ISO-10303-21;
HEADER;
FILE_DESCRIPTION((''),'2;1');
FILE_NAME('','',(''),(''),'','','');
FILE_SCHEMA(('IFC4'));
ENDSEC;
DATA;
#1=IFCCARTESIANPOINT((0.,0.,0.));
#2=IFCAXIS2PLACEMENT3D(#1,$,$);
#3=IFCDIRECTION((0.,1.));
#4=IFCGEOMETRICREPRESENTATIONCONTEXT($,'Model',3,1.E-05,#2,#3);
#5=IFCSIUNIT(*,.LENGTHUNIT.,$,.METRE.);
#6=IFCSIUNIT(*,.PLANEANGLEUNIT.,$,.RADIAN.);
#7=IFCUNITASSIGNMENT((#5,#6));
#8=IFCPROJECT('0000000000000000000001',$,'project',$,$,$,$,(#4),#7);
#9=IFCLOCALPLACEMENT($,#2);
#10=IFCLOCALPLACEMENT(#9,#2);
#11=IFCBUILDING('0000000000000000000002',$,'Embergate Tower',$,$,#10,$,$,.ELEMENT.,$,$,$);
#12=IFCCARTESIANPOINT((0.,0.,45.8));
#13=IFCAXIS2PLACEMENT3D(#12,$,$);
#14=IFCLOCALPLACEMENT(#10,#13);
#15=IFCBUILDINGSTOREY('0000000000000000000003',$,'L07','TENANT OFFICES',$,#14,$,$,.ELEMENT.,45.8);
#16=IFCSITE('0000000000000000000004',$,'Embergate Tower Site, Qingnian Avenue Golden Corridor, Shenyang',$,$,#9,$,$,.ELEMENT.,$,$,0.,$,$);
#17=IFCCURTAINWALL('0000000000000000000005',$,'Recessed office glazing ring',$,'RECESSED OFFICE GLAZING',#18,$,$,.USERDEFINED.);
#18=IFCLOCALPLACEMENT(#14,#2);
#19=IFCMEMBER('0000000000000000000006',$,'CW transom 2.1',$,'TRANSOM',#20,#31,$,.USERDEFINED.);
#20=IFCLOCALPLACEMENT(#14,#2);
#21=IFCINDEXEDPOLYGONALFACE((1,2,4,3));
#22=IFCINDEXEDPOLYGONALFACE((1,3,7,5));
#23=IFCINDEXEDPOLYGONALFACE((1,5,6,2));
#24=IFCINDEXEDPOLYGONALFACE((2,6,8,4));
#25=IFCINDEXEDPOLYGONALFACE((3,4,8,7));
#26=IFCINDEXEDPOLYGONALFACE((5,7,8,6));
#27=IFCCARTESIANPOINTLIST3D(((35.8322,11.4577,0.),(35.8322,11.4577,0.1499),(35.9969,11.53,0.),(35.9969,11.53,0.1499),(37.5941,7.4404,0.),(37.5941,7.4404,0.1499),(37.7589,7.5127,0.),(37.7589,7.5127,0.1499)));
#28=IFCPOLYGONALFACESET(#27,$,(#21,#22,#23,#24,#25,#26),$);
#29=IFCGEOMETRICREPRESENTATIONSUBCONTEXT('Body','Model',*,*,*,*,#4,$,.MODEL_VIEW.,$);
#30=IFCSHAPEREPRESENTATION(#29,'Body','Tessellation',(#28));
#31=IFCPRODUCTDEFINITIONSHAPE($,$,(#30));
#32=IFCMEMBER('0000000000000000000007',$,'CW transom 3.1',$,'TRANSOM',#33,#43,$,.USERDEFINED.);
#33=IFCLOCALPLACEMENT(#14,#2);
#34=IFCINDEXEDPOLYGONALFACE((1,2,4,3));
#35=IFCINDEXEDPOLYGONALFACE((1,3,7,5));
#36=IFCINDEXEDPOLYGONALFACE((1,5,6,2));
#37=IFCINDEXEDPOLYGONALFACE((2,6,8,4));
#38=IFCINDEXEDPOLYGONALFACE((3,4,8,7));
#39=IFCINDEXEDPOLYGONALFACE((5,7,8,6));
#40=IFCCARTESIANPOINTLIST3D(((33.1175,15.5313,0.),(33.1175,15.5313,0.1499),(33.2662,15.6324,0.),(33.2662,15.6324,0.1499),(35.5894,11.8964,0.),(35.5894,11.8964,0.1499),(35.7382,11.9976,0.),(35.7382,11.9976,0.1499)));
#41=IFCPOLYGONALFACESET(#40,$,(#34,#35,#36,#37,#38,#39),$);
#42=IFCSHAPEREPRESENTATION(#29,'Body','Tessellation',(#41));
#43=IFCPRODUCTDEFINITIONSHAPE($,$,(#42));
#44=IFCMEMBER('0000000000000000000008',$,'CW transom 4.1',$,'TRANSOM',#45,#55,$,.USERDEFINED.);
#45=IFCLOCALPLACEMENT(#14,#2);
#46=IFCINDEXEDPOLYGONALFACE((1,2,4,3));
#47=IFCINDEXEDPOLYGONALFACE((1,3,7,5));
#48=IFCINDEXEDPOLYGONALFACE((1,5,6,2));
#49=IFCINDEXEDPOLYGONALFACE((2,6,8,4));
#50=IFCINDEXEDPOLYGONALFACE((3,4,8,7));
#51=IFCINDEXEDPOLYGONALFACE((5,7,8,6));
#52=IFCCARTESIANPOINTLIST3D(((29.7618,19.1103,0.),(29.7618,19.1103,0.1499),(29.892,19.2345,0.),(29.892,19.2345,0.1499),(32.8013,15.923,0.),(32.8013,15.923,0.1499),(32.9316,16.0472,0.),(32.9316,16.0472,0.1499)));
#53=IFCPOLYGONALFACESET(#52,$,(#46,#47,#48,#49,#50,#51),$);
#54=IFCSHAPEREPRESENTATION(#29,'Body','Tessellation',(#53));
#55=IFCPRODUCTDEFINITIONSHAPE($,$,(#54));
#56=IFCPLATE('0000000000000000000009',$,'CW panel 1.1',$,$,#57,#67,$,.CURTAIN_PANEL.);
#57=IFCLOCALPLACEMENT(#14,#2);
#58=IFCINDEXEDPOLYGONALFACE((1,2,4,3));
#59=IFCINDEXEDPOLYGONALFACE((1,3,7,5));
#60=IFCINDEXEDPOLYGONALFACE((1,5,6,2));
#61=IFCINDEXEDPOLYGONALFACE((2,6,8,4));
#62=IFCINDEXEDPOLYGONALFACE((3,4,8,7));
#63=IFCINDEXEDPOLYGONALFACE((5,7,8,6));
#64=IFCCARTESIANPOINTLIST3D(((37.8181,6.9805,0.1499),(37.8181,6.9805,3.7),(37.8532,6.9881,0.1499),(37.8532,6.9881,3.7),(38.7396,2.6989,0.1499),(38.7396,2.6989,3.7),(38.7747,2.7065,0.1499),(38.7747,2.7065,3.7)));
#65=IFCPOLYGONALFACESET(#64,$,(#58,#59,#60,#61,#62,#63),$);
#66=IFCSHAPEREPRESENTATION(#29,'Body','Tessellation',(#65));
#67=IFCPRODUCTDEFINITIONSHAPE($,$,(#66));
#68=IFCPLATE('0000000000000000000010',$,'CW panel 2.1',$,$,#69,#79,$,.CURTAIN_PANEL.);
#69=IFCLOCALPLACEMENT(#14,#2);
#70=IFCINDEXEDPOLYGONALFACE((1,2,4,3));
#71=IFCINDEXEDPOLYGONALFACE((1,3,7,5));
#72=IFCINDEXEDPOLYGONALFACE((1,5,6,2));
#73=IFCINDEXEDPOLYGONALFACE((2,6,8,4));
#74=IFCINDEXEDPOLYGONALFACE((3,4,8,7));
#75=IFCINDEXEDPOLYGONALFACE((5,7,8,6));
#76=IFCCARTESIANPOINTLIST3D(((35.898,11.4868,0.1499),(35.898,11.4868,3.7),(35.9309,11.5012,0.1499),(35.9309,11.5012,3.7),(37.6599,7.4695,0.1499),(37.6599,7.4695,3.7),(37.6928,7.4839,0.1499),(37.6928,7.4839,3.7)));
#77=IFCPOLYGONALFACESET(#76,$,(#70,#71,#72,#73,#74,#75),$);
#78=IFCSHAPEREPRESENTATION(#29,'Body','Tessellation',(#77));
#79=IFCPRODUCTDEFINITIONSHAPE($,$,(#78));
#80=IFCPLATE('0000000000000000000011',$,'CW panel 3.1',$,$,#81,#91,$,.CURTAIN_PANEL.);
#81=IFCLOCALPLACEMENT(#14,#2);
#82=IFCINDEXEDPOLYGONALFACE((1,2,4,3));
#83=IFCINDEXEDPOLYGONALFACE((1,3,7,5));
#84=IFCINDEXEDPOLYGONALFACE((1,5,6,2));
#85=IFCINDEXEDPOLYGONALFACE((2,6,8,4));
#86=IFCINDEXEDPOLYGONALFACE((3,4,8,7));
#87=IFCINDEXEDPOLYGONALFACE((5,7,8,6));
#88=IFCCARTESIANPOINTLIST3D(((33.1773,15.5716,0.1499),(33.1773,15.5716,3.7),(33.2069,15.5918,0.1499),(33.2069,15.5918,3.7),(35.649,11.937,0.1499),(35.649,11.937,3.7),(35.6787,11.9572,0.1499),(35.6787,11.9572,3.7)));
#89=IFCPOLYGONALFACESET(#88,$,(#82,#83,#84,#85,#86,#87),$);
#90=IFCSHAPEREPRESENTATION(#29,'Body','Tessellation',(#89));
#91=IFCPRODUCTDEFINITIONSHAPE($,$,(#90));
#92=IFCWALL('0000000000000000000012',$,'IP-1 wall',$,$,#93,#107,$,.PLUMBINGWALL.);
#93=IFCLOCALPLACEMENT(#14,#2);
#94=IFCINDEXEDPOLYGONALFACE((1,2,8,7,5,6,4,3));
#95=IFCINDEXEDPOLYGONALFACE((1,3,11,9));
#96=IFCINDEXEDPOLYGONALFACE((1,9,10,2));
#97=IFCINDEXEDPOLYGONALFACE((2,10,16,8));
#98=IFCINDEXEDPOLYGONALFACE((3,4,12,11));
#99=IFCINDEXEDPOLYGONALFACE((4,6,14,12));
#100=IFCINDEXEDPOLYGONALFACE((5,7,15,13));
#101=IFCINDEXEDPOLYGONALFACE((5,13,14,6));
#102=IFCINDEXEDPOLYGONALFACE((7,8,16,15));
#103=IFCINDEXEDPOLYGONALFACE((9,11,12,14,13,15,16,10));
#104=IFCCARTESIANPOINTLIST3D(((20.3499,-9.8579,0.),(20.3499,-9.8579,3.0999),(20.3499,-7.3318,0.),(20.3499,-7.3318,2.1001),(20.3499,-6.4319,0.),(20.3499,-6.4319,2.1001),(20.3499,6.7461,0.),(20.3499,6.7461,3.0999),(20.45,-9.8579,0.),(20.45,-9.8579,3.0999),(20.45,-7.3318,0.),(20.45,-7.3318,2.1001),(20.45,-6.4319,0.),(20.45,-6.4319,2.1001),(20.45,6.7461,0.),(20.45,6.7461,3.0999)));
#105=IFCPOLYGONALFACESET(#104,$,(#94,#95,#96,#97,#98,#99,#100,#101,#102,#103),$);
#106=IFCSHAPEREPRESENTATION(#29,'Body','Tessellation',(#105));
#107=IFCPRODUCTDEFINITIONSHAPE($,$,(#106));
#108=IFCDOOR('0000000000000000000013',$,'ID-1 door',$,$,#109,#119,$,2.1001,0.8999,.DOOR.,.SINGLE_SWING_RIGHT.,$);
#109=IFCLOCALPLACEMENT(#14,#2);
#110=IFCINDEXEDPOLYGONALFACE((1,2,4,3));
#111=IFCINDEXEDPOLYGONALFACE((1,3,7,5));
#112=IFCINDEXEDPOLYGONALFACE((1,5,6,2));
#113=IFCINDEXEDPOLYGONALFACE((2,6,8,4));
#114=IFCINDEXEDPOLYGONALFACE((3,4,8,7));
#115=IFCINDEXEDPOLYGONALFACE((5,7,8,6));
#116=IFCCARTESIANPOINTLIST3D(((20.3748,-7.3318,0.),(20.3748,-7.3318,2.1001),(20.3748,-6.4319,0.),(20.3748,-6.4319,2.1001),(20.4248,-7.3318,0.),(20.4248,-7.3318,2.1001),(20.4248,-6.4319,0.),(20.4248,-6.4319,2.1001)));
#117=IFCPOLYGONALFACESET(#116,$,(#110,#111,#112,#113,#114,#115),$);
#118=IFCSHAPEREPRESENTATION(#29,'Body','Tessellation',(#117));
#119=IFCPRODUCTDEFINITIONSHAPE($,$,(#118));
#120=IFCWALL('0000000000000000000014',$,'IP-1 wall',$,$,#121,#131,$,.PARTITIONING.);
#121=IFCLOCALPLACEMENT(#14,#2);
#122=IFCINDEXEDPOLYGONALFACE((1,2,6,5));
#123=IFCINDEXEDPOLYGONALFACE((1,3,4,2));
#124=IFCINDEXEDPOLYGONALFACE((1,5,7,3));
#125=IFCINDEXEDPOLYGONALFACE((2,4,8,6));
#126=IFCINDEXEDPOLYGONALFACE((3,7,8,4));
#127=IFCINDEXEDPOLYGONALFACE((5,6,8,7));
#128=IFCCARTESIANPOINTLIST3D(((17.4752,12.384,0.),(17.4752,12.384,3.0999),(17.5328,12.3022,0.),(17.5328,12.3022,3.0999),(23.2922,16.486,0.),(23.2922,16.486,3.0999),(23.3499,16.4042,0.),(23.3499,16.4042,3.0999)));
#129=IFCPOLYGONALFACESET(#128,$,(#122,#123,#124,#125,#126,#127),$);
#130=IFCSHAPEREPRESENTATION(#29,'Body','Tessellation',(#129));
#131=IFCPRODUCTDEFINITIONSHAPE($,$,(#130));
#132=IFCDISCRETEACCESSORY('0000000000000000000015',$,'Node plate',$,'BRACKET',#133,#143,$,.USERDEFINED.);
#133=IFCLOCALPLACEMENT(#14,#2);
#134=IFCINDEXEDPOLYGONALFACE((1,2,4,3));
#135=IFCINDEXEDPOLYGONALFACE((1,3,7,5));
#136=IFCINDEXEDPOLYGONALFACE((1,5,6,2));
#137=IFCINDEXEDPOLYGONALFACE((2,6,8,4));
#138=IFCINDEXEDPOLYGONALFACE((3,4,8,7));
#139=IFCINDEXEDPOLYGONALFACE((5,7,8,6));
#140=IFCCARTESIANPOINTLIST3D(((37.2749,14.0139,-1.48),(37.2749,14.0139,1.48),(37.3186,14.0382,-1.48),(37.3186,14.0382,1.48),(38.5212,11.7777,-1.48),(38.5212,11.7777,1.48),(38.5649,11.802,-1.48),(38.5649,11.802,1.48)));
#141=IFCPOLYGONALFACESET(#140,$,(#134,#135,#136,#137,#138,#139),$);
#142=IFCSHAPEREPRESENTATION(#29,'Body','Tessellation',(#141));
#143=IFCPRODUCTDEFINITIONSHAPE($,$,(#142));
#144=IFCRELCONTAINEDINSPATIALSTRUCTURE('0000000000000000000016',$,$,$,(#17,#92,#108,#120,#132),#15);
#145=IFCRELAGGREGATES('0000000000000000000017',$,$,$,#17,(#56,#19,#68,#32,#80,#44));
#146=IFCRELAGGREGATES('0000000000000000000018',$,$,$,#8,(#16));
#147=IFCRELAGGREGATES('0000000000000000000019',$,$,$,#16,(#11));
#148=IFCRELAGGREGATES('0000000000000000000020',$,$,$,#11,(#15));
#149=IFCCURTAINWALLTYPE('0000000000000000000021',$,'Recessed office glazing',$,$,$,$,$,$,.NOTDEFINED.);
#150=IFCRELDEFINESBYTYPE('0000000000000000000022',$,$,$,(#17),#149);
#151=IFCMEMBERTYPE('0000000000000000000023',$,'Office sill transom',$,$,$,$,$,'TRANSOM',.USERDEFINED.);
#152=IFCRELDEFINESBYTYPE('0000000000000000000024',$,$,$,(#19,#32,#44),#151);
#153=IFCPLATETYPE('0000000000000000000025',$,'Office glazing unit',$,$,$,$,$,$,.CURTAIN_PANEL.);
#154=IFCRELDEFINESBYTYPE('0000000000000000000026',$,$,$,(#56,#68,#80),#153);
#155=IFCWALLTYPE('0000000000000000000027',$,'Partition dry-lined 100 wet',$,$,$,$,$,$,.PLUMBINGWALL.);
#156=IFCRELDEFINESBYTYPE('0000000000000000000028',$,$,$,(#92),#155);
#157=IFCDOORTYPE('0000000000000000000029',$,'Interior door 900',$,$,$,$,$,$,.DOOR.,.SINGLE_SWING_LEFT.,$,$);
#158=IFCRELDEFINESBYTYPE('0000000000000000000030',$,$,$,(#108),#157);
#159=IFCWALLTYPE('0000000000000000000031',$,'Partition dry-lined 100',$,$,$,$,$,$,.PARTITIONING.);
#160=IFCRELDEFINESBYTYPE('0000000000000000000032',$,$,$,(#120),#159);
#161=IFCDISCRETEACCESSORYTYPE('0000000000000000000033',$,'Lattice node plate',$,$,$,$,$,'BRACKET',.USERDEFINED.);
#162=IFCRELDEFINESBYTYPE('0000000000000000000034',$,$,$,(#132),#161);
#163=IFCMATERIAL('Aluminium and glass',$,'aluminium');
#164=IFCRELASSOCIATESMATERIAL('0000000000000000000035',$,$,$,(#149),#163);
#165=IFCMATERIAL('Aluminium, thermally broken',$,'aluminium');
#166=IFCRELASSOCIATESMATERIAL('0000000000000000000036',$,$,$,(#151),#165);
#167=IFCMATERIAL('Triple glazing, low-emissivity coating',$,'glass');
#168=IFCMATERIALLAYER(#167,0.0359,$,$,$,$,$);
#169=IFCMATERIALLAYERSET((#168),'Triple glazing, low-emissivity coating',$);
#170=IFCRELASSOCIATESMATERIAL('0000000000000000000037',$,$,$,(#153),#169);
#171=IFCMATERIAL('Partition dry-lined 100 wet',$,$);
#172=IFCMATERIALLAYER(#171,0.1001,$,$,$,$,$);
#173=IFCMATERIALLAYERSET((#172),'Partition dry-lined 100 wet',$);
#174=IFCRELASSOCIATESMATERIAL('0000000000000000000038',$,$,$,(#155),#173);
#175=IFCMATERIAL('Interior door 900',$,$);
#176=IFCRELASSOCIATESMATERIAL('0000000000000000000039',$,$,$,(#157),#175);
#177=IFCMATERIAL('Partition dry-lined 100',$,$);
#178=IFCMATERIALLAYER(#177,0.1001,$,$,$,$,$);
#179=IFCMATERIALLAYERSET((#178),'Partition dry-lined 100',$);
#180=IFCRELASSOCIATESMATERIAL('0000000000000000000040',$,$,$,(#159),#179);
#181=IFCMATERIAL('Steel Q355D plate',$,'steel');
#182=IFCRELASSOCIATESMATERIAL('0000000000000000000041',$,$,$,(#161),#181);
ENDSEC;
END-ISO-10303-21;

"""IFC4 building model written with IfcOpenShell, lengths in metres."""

from ifc_helpers import new_model, si_unit, direction, frame, frame_2d, origin, origin_2d, place, context, subcontext, project, spatial, rectangle, extrude, source, transform, mapped, material, layer, layer_set, material_profile, profile_set, type_object, element, fill, aggregate, save


model = new_model("IFC4")

# Units and contexts
model_context = context("Model", 3, precision=1e-05, world=origin(), true_north=direction((0.0, 1.0)))
body_context = subcontext(model_context, "Body", "Model", "MODEL_VIEW")
ifc_project = project(units=[si_unit("LENGTHUNIT", "METRE"), si_unit("PLANEANGLEUNIT", "RADIAN")], contexts=[model_context])

# Site, building, storey
site_placement = place(None, origin())
site = spatial("IfcSite", under=ifc_project, at=site_placement, Name="Embergate Tower Site, Qingnian Avenue Golden Corridor, Shenyang", CompositionType="ELEMENT", RefElevation=0.0)
building_placement = place(site_placement, origin())
building = spatial("IfcBuilding", under=site, at=building_placement, Name="Embergate Tower", CompositionType="ELEMENT")
storey_placement = place(building_placement, frame((0.0, 0.0, 45.8)))
storey = spatial("IfcBuildingStorey", under=building, at=storey_placement, Name="L07", Description="TENANT OFFICES", CompositionType="ELEMENT", Elevation=45.8)

# Curtain wall, members, plates
ifc_material_1 = material(Name="Aluminium and glass", Category="aluminium")
curtain_wall_type = type_object("IfcCurtainWallType", Name="Recessed office glazing", PredefinedType="NOTDEFINED", material=ifc_material_1)
curtain_wall_placement = place(storey_placement, origin())
curtain_wall = element("IfcCurtainWall", 1, at=curtain_wall_placement, inside=storey, type_object=curtain_wall_type, Name="Recessed office glazing ring", ObjectType="RECESSED OFFICE GLAZING", PredefinedType="USERDEFINED")
ifc_material_2 = material(Name="Aluminium, thermally broken", Category="aluminium")
ifc_material_profile_1 = material_profile(ifc_material_2, rectangle(XDim=0.1799, YDim=0.1499, at=origin_2d()), Name="AL 150x180")
ifc_profile_set_1 = profile_set([ifc_material_profile_1], Name="Aluminium, thermally broken")
member_type_1 = type_object("IfcMemberType", Name="Office sill transom", ElementType="TRANSOM", PredefinedType="USERDEFINED", material=ifc_profile_set_1)
shared_shape_1 = source(origin(), body_context, "Body", "SweptSolid", [
    extrude(rectangle(XDim=0.1799, YDim=0.1499, at=origin_2d()), origin(), (0.0, 0.0, 1.0), 4.3867),
])
member_1_placement = place(storey_placement, frame((37.6765, 7.4766, 0.075), z_axis=(-0.401657, 0.91579, 0.0), x_axis=(-0.91579, -0.401657, 0.0)))
member_1 = element("IfcMember", 2, at=member_1_placement, type_object=member_type_1, Name="CW transom 2.1", ObjectType="TRANSOM", PredefinedType="USERDEFINED", context=body_context, shape_type="MappedRepresentation", body=[
    mapped(shared_shape_1, transform((0.0, 0.0, 0.0))),
])
shared_shape_2 = source(origin(), body_context, "Body", "SweptSolid", [
    extrude(rectangle(XDim=0.1799, YDim=0.1499, at=origin_2d()), origin(), (0.0, 0.0, 1.0), 4.3958),
])
member_2_placement = place(storey_placement, frame((35.6638, 11.947, 0.075), z_axis=(-0.562354, 0.826897, 0.0), x_axis=(-0.826897, -0.562354, 0.0)))
member_2 = element("IfcMember", 3, at=member_2_placement, type_object=member_type_1, Name="CW transom 3.1", ObjectType="TRANSOM", PredefinedType="USERDEFINED", context=body_context, shape_type="MappedRepresentation", body=[
    mapped(shared_shape_2, transform((0.0, 0.0, 0.0))),
])
shared_shape_3 = source(origin(), body_context, "Body", "SweptSolid", [
    extrude(rectangle(XDim=0.1799, YDim=0.1499, at=origin_2d()), origin(), (0.0, 0.0, 1.0), 4.4043),
])
member_3_placement = place(storey_placement, frame((32.8665, 15.9851, 0.075), z_axis=(-0.690139, 0.723676, 0.0), x_axis=(-0.723676, -0.690139, 0.0)))
member_3 = element("IfcMember", 4, at=member_3_placement, type_object=member_type_1, Name="CW transom 4.1", ObjectType="TRANSOM", PredefinedType="USERDEFINED", context=body_context, shape_type="MappedRepresentation", body=[
    mapped(shared_shape_3, transform((0.0, 0.0, 0.0))),
])
ifc_material_3 = material(Name="Triple glazing, low-emissivity coating", Category="glass")
ifc_layer_1 = layer(ifc_material_3, 0.0359)
ifc_layer_set_1 = layer_set([ifc_layer_1], Name="Triple glazing, low-emissivity coating")
plate_type = type_object("IfcPlateType", Name="Office glazing unit", PredefinedType="CURTAIN_PANEL", material=ifc_layer_set_1)
shared_shape_4 = source(origin(), body_context, "Body", "SweptSolid", [
    extrude(rectangle(XDim=4.3796, YDim=0.0359, at=origin_2d()), origin(), (0.0, 0.0, 1.0), 3.55),
])
plate_1_placement = place(storey_placement, frame((38.2964, 4.8435, 0.1499), z_axis=(0.0, 0.0, 1.0), x_axis=(-0.210398, 0.977616, 0.0)))
plate_1 = element("IfcPlate", 5, at=plate_1_placement, type_object=plate_type, Name="CW panel 1.1", PredefinedType="CURTAIN_PANEL", context=body_context, shape_type="MappedRepresentation", body=[
    mapped(shared_shape_4, transform((0.0, 0.0, 0.0))),
])
shared_shape_5 = source(origin(), body_context, "Body", "SweptSolid", [
    extrude(rectangle(XDim=4.3867, YDim=0.0359, at=origin_2d()), origin(), (0.0, 0.0, 1.0), 3.55),
])
plate_2_placement = place(storey_placement, frame((36.7954, 9.4854, 0.1499), z_axis=(0.0, 0.0, 1.0), x_axis=(-0.401652, 0.915792, 0.0)))
plate_2 = element("IfcPlate", 6, at=plate_2_placement, type_object=plate_type, Name="CW panel 2.1", PredefinedType="CURTAIN_PANEL", context=body_context, shape_type="MappedRepresentation", body=[
    mapped(shared_shape_5, transform((0.0, 0.0, 0.0))),
])
shared_shape_6 = source(origin(), body_context, "Body", "SweptSolid", [
    extrude(rectangle(XDim=4.3955, YDim=0.0359, at=origin_2d()), origin(), (0.0, 0.0, 1.0), 3.55),
])
plate_3_placement = place(storey_placement, frame((34.428, 13.7644, 0.1499), z_axis=(0.0, 0.0, 1.0), x_axis=(-0.562342, 0.826905, 0.0)))
plate_3 = element("IfcPlate", 7, at=plate_3_placement, type_object=plate_type, Name="CW panel 3.1", PredefinedType="CURTAIN_PANEL", context=body_context, shape_type="MappedRepresentation", body=[
    mapped(shared_shape_6, transform((0.0, 0.0, 0.0))),
])
aggregate(curtain_wall, [plate_1, member_1, plate_2, member_2, plate_3, member_3])

# Wall, opening, door
ifc_material_4 = material(Name="Partition dry-lined 100 wet")
ifc_layer_2 = layer(ifc_material_4, 0.1001)
ifc_layer_set_2 = layer_set([ifc_layer_2], Name="Partition dry-lined 100 wet")
wall_type_1 = type_object("IfcWallType", Name="Partition dry-lined 100 wet", PredefinedType="PLUMBINGWALL", material=ifc_layer_set_2)
shared_shape_7 = source(origin(), body_context, "Body", "SweptSolid", [
    extrude(rectangle(XDim=16.604, YDim=0.1001, at=frame_2d((8.302, 0.0))), origin(), (0.0, 0.0, 1.0), 3.0999),
])
wall_1_placement = place(storey_placement, frame((20.3999, 6.7461, 0.0), z_axis=(0.0, 0.0, 1.0), x_axis=(0.0, -1.0, 0.0)))
wall_1 = element("IfcWall", 8, at=wall_1_placement, inside=storey, type_object=wall_type_1, Name="IP-1 wall", PredefinedType="PLUMBINGWALL", context=body_context, shape_type="MappedRepresentation", body=[
    mapped(shared_shape_7, transform((0.0, 0.0, 0.0))),
])
shared_shape_8 = source(origin(), body_context, "Body", "SweptSolid", [
    extrude(rectangle(XDim=0.8999, YDim=2.1001, at=frame_2d((0.45, 1.05))), frame((0.0, 0.0601, 0.0), z_axis=(0.0, -1.0, 0.0), x_axis=(1.0, 0.0, 0.0)), (0.0, 0.0, 1.0), 0.1201),
])
opening_placement = place(wall_1_placement, frame((13.178, 0.0, 0.0)))
opening = element("IfcOpeningElement", 9, at=opening_placement, cuts=wall_1, PredefinedType="OPENING", context=body_context, shape_type="MappedRepresentation", body=[
    mapped(shared_shape_8, transform((0.0, 0.0, 0.0))),
])
ifc_material_5 = material(Name="Interior door 900")
door_type = type_object("IfcDoorType", Name="Interior door 900", OperationType="SINGLE_SWING_LEFT", PredefinedType="DOOR", material=ifc_material_5)
shared_shape_9 = source(origin(), body_context, "Body", "SweptSolid", [
    extrude(rectangle(XDim=0.8999, YDim=2.1001, at=frame_2d((0.45, 1.05))), frame((0.0, 0.0249, 0.0), z_axis=(0.0, -1.0, 0.0), x_axis=(1.0, 0.0, 0.0)), (0.0, 0.0, 1.0), 0.05),
])
door_placement = place(opening_placement, origin())
door = element("IfcDoor", 10, at=door_placement, inside=storey, type_object=door_type, Name="ID-1 door", OperationType="SINGLE_SWING_RIGHT", OverallHeight=2.1001, OverallWidth=0.8999, PredefinedType="DOOR", context=body_context, shape_type="MappedRepresentation", body=[
    mapped(shared_shape_9, transform((0.0, 0.0, 0.0))),
])
fill(opening, door)

# Wall
ifc_material_6 = material(Name="Partition dry-lined 100")
ifc_layer_3 = layer(ifc_material_6, 0.1001)
ifc_layer_set_3 = layer_set([ifc_layer_3], Name="Partition dry-lined 100")
wall_type_2 = type_object("IfcWallType", Name="Partition dry-lined 100", PredefinedType="PARTITIONING", material=ifc_layer_set_3)
shared_shape_10 = source(origin(), body_context, "Body", "SweptSolid", [
    extrude(rectangle(XDim=7.1179, YDim=0.1001, at=frame_2d((3.5591, 0.0))), origin(), (0.0, 0.0, 1.0), 3.0999),
])
wall_2_placement = place(storey_placement, frame((17.5039, 12.343, 0.0), z_axis=(0.0, 0.0, 1.0), x_axis=(0.817243, 0.576293, 0.0)))
element("IfcWall", 11, at=wall_2_placement, inside=storey, type_object=wall_type_2, Name="IP-1 wall", PredefinedType="PARTITIONING", context=body_context, shape_type="MappedRepresentation", body=[
    mapped(shared_shape_10, transform((0.0, 0.0, 0.0))),
])

# Discrete accessory
ifc_material_7 = material(Name="Steel Q355D plate", Category="steel")
discrete_accessory_type = type_object("IfcDiscreteAccessoryType", Name="Lattice node plate", ElementType="BRACKET", PredefinedType="USERDEFINED", material=ifc_material_7)
shared_shape_11 = source(origin(), body_context, "Body", "SweptSolid", [
    extrude(rectangle(XDim=2.5601, YDim=0.05, at=origin_2d()), origin(), (0.0, 0.0, 1.0), 2.96),
])
discrete_accessory_placement = place(storey_placement, frame((37.9199, 12.908, -1.48), z_axis=(0.0, 0.0, 1.0), x_axis=(-0.486839, 0.873492, 0.0)))
element("IfcDiscreteAccessory", 12, at=discrete_accessory_placement, inside=storey, type_object=discrete_accessory_type, Name="Node plate", ObjectType="BRACKET", PredefinedType="USERDEFINED", context=body_context, shape_type="MappedRepresentation", body=[
    mapped(shared_shape_11, transform((0.0, 0.0, 0.0))),
])

save(model, "model.ifc")
